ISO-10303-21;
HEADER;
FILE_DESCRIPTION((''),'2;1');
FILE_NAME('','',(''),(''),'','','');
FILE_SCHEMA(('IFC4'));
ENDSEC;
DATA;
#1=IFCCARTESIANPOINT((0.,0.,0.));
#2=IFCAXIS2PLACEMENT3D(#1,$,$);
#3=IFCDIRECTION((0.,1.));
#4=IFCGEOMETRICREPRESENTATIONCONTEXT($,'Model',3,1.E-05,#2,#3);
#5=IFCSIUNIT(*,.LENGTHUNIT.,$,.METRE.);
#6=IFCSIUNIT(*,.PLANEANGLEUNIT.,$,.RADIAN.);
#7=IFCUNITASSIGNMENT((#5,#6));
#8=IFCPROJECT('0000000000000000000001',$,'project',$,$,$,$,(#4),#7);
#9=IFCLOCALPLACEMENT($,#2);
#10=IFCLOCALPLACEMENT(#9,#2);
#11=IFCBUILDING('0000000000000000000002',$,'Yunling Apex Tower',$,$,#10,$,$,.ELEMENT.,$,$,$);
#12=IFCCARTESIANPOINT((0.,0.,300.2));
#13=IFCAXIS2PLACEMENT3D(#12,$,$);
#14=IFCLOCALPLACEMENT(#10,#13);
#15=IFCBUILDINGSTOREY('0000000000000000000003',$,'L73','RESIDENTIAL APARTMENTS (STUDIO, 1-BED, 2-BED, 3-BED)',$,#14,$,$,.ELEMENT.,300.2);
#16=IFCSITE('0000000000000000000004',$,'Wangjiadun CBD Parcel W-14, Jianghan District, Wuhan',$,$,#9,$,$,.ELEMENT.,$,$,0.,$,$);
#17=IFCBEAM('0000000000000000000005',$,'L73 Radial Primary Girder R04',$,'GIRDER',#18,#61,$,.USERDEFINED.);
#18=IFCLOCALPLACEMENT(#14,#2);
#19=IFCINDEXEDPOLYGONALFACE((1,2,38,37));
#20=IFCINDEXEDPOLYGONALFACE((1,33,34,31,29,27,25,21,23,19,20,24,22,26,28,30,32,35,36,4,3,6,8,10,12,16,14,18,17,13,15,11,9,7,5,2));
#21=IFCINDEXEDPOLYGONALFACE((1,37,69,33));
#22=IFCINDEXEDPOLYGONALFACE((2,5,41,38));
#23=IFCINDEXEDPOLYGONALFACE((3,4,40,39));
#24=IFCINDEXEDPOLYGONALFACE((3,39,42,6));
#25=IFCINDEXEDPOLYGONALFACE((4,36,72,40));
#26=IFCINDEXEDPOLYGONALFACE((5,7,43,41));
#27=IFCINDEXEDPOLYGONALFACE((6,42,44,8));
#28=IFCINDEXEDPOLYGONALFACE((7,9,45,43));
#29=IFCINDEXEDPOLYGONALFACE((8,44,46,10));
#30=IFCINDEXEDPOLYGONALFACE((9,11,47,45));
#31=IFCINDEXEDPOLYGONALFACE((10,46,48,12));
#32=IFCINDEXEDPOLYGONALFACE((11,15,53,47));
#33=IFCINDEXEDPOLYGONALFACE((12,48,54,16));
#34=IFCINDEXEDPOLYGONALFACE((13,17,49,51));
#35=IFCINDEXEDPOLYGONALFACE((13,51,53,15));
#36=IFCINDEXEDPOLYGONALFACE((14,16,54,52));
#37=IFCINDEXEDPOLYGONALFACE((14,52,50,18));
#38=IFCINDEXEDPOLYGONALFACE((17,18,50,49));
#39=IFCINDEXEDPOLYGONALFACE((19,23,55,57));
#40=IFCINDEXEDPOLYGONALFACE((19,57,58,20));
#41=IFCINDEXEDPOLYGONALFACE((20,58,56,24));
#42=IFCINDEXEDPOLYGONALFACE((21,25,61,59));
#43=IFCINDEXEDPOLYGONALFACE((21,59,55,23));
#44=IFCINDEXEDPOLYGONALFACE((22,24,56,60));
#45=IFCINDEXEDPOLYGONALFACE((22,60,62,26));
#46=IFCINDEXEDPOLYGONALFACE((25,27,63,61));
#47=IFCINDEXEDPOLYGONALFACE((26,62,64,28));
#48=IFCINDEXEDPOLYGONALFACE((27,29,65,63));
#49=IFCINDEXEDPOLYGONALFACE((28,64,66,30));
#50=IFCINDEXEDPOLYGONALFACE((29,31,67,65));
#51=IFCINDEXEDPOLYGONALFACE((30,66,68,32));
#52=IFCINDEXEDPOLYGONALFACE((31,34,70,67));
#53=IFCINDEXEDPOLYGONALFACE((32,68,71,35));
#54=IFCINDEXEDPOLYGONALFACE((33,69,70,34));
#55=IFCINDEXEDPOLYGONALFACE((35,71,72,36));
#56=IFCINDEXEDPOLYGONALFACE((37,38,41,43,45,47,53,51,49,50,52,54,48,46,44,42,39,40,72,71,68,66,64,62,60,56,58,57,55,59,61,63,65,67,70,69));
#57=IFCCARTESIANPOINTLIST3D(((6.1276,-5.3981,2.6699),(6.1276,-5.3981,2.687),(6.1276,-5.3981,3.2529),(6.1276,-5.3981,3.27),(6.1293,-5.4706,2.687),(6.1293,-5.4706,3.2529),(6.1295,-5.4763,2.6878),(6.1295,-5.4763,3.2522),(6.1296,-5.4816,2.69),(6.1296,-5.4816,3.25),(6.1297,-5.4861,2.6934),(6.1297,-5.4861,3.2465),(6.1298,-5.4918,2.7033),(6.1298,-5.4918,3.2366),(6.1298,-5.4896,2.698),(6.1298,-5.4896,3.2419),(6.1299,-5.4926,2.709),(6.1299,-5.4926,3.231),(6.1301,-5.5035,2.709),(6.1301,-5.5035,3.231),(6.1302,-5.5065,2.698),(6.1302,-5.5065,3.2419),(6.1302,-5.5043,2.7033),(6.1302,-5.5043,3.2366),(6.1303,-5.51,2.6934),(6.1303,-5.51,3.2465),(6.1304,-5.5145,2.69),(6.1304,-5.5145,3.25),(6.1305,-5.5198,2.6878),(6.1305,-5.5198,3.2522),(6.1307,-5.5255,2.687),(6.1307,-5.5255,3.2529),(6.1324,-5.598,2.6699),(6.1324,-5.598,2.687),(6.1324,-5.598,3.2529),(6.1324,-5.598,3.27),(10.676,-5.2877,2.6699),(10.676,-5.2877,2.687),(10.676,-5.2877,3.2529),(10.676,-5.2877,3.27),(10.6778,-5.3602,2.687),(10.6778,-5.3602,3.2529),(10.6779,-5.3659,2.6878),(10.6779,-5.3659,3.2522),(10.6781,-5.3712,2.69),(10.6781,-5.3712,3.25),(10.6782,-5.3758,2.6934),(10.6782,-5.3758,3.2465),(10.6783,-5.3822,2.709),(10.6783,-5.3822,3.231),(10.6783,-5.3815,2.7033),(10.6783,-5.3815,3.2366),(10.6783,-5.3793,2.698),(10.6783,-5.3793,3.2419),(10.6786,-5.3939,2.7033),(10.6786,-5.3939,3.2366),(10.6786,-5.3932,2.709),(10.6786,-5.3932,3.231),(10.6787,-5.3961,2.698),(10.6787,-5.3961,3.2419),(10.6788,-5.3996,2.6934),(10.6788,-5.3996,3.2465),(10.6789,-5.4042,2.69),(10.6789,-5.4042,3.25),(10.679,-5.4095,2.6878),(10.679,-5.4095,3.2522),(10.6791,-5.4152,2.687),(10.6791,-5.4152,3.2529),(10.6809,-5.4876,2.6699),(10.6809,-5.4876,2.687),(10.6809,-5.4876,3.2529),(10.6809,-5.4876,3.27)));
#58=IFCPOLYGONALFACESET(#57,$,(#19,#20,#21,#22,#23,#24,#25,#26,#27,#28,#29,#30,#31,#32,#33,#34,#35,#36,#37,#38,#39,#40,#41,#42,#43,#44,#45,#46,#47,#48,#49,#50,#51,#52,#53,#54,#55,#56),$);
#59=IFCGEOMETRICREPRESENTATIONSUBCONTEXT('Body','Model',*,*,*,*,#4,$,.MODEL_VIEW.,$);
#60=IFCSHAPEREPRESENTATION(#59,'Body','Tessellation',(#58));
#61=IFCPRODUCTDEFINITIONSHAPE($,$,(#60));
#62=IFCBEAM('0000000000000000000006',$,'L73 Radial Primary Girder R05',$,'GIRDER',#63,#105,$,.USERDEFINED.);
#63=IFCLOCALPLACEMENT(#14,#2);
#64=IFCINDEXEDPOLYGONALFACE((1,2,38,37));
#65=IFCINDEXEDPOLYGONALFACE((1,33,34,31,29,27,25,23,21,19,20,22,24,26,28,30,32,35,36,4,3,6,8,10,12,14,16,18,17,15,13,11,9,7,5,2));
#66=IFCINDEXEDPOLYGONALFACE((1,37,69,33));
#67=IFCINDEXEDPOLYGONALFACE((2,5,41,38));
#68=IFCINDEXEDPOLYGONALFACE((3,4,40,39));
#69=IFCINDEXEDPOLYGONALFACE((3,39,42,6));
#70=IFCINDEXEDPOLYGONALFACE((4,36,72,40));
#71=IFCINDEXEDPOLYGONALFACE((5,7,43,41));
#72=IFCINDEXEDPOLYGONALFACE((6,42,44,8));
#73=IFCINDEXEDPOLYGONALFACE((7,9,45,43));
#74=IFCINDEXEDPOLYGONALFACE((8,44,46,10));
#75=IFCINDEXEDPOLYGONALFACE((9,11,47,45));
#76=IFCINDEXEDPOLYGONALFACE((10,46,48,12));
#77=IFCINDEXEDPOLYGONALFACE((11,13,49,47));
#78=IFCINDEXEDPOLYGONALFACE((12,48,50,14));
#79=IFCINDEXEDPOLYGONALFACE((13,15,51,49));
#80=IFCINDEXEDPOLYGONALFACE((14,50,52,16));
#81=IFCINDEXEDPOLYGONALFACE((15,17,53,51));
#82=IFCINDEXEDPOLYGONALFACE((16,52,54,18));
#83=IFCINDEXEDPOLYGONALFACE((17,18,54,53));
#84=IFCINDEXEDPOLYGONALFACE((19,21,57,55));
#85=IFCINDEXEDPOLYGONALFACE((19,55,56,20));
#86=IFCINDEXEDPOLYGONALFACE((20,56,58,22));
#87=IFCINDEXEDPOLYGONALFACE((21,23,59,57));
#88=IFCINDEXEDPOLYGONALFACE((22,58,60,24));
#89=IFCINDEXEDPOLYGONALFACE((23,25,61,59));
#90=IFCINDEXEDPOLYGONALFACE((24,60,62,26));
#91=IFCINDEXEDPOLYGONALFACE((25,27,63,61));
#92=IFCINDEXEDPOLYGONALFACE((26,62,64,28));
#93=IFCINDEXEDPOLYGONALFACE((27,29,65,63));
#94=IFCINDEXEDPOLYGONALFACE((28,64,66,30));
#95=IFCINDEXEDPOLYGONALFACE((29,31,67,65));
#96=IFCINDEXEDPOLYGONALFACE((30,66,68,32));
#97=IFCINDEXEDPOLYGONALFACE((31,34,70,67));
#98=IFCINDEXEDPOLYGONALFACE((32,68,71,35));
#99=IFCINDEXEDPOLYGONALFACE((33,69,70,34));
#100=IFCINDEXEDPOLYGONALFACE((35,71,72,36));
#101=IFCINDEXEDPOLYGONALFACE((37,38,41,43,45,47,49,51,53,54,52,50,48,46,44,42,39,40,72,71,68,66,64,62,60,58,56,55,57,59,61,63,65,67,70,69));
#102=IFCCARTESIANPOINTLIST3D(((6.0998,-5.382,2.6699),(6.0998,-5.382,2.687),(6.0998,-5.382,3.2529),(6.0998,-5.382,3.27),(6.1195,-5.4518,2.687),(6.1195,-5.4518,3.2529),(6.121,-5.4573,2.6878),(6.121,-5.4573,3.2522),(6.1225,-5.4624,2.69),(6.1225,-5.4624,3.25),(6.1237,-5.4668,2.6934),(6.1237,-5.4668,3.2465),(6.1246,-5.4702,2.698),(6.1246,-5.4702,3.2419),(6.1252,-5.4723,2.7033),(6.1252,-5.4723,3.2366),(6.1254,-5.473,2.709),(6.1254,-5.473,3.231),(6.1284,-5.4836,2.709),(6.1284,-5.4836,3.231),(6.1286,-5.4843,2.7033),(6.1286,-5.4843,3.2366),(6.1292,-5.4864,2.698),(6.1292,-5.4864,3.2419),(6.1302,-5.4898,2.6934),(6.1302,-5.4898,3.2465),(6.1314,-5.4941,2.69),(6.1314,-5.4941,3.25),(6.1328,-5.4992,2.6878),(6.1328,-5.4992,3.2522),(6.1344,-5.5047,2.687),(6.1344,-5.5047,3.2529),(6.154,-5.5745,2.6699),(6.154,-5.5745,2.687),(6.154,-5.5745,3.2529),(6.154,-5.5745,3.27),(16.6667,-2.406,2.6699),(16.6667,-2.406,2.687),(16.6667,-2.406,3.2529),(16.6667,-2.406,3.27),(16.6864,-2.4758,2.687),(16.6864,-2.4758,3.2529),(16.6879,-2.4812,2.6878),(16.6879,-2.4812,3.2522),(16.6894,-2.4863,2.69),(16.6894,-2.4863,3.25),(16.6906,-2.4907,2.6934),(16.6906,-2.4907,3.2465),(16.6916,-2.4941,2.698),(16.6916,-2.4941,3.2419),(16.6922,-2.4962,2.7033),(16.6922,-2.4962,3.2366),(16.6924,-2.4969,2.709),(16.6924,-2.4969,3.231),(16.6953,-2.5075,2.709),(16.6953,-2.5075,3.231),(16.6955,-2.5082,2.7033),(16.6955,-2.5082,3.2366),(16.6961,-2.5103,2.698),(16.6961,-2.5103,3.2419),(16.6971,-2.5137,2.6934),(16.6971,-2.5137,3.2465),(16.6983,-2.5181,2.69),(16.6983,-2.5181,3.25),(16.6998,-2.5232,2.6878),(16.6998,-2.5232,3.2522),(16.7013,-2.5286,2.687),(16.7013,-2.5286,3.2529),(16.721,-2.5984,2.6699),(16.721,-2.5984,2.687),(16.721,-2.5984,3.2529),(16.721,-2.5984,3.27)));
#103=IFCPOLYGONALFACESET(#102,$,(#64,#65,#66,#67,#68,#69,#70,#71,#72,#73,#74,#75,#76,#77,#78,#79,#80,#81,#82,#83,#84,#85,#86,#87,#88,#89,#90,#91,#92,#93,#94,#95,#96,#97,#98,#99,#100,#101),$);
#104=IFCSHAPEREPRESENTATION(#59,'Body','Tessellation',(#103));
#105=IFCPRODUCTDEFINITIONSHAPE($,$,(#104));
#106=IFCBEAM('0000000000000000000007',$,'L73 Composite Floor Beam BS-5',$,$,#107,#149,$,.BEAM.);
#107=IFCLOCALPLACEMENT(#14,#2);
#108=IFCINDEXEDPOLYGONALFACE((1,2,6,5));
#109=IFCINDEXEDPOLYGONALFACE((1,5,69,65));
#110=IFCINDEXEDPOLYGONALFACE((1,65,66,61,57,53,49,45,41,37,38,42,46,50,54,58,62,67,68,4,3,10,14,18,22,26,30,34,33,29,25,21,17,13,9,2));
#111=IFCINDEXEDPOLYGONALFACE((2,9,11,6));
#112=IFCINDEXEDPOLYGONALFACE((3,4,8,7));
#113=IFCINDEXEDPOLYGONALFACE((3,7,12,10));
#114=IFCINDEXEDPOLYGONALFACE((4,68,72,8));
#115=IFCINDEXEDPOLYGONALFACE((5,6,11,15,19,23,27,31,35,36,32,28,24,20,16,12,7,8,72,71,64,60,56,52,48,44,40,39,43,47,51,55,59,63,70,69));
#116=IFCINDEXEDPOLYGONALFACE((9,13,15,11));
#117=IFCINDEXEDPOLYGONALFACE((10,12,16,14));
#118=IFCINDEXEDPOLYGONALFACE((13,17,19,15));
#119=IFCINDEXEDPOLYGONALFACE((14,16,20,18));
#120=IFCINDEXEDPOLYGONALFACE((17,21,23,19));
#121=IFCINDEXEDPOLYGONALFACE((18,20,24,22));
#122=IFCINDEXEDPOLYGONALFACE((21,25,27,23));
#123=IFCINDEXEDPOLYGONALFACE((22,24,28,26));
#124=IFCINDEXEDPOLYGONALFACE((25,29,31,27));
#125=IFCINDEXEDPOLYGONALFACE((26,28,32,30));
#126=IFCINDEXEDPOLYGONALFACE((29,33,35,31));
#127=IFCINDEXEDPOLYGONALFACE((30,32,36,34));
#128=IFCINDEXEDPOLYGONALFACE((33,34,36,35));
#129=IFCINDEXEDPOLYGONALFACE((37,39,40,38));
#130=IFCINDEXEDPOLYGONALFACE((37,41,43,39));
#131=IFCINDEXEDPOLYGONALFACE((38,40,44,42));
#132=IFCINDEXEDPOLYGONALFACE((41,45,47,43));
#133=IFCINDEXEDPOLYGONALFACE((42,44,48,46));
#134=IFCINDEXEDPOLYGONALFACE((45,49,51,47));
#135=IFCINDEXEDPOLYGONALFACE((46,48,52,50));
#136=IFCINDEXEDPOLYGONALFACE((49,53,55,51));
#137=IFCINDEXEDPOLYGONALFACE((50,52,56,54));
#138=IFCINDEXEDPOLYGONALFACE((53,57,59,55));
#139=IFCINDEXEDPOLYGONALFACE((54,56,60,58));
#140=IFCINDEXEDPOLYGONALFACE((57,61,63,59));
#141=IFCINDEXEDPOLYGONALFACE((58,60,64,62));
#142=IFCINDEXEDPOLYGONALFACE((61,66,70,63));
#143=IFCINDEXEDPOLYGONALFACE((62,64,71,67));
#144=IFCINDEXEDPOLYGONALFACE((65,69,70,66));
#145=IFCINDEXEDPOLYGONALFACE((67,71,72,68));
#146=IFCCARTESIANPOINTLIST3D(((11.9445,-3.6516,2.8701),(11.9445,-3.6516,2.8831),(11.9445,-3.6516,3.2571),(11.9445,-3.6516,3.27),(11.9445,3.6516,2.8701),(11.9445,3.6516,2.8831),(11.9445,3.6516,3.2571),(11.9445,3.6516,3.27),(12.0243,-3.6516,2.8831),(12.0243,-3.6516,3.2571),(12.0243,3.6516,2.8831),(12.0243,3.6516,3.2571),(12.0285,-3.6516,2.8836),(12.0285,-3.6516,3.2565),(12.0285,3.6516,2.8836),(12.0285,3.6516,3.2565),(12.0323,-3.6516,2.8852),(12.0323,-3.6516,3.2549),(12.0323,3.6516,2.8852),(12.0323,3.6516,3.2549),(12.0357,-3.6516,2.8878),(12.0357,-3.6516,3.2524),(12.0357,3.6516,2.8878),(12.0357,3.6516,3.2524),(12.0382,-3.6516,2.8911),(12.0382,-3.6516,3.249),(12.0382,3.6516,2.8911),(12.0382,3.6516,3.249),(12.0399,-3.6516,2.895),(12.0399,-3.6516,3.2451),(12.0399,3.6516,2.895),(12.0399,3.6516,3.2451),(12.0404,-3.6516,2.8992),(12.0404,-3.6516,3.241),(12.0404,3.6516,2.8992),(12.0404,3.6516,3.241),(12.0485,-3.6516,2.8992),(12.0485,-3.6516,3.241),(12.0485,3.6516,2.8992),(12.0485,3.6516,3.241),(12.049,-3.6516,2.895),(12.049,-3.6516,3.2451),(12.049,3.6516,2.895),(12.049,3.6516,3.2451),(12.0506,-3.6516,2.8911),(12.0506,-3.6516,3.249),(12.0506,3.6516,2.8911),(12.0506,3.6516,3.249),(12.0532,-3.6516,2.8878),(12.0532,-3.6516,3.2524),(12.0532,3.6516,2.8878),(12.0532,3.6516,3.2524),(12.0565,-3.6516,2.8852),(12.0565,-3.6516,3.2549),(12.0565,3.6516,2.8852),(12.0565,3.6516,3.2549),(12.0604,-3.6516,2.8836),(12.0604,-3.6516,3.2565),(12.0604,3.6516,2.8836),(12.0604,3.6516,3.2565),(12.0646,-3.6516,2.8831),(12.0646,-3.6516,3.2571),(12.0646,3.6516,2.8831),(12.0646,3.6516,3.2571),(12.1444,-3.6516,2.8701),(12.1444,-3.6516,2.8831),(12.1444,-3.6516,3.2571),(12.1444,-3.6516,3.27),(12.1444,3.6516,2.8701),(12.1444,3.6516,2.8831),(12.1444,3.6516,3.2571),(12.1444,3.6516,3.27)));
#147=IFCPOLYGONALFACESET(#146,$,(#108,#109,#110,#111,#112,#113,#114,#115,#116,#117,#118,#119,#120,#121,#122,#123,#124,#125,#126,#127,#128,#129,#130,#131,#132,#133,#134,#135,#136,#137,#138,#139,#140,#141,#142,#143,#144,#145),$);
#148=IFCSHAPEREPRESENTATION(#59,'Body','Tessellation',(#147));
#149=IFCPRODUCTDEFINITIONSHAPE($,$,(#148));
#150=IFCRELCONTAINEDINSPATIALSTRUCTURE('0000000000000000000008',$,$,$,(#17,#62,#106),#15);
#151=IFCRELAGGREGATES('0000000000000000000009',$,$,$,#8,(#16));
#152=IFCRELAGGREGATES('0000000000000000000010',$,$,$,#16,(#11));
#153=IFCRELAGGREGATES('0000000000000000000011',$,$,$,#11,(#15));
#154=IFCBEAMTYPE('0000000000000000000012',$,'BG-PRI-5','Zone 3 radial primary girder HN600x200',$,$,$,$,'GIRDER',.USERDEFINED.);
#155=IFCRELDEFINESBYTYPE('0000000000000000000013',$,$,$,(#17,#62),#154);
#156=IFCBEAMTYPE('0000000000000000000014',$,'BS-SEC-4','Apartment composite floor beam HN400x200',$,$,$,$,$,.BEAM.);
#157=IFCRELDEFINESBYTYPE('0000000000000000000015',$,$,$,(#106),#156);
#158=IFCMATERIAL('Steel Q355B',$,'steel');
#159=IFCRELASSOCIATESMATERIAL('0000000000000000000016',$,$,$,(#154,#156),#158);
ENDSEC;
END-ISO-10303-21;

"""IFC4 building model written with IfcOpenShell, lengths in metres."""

from ifc_helpers import new_model, si_unit, direction, frame, origin, origin_2d, place, context, subcontext, project, spatial, i_section, extrude, source, transform, mapped, material, material_profile, profile_set, type_object, element, save


model = new_model("IFC4")

# Units and contexts
model_context = context("Model", 3, precision=1e-05, world=origin(), true_north=direction((0.0, 1.0)))
body_context = subcontext(model_context, "Body", "Model", "MODEL_VIEW")
ifc_project = project(units=[si_unit("LENGTHUNIT", "METRE"), si_unit("PLANEANGLEUNIT", "RADIAN")], contexts=[model_context])

# Site, building, storey
site_placement = place(None, origin())
site = spatial("IfcSite", under=ifc_project, at=site_placement, Name="Wangjiadun CBD Parcel W-14, Jianghan District, Wuhan", CompositionType="ELEMENT", RefElevation=0.0)
building_placement = place(site_placement, origin())
building = spatial("IfcBuilding", under=site, at=building_placement, Name="Yunling Apex Tower", CompositionType="ELEMENT")
storey_placement = place(building_placement, frame((0.0, 0.0, 300.2)))
storey = spatial("IfcBuildingStorey", under=building, at=storey_placement, Name="L73", Description="RESIDENTIAL APARTMENTS (STUDIO, 1-BED, 2-BED, 3-BED)", CompositionType="ELEMENT", Elevation=300.2)

# Shared definitions
ifc_material_1 = material(Name="Steel Q355B", Category="steel")

# Beams
ifc_material_profile_1 = material_profile(ifc_material_1, i_section(OverallWidth=0.2, OverallDepth=0.6001, WebThickness=0.011, FlangeThickness=0.0171, FilletRadius=0.022, at=origin_2d()))
ifc_profile_set_1 = profile_set([ifc_material_profile_1], Name="Steel Q355B")
beam_type_1 = type_object("IfcBeamType", Name="BG-PRI-5", Description="Zone 3 radial primary girder HN600x200", ElementType="GIRDER", PredefinedType="USERDEFINED", material=ifc_profile_set_1)
shared_shape_1 = source(origin(), body_context, "Body", "SweptSolid", [
    extrude(i_section(OverallWidth=0.2, OverallDepth=0.6001, WebThickness=0.011, FlangeThickness=0.0171, FilletRadius=0.022, at=origin_2d()), origin(), (0.0, 0.0, 1.0), 4.5498),
])
beam_1_placement = place(storey_placement, frame((10.6785, -5.3877, 2.97), z_axis=(-0.999706, -0.024254, 0.0), x_axis=(0.024254, -0.999706, 0.0)))
element("IfcBeam", 1, at=beam_1_placement, inside=storey, type_object=beam_type_1, Name="L73 Radial Primary Girder R04", ObjectType="GIRDER", PredefinedType="USERDEFINED", context=body_context, shape_type="MappedRepresentation", body=[
    mapped(shared_shape_1, transform((0.0, 0.0, 0.0), scale=1.0)),
])
shared_shape_2 = source(origin(), body_context, "Body", "SweptSolid", [
    extrude(i_section(OverallWidth=0.2, OverallDepth=0.6001, WebThickness=0.011, FlangeThickness=0.0171, FilletRadius=0.022, at=origin_2d()), origin(), (0.0, 0.0, 1.0), 10.978),
])
beam_2_placement = place(storey_placement, frame((16.6938, -2.5022, 2.97), z_axis=(-0.962553, -0.271095, 0.0), x_axis=(0.271095, -0.962553, 0.0)))
element("IfcBeam", 2, at=beam_2_placement, inside=storey, type_object=beam_type_1, Name="L73 Radial Primary Girder R05", ObjectType="GIRDER", PredefinedType="USERDEFINED", context=body_context, shape_type="MappedRepresentation", body=[
    mapped(shared_shape_2, transform((0.0, 0.0, 0.0), scale=1.0)),
])
ifc_material_profile_2 = material_profile(ifc_material_1, i_section(OverallWidth=0.2, OverallDepth=0.3999, WebThickness=0.0081, FlangeThickness=0.0129, FilletRadius=0.0161, at=origin_2d()))
ifc_profile_set_2 = profile_set([ifc_material_profile_2], Name="Steel Q355B")
beam_type_2 = type_object("IfcBeamType", Name="BS-SEC-4", Description="Apartment composite floor beam HN400x200", PredefinedType="BEAM", material=ifc_profile_set_2)
shared_shape_3 = source(origin(), body_context, "Body", "SweptSolid", [
    extrude(i_section(OverallWidth=0.2, OverallDepth=0.3999, WebThickness=0.0081, FlangeThickness=0.0129, FilletRadius=0.0161, at=origin_2d()), origin(), (0.0, 0.0, 1.0), 7.3032),
])
beam_3_placement = place(storey_placement, frame((12.0444, -3.6516, 3.0701), z_axis=(0.0, 1.0, 0.0), x_axis=(-1.0, 0.0, 0.0)))
element("IfcBeam", 3, at=beam_3_placement, inside=storey, type_object=beam_type_2, Name="L73 Composite Floor Beam BS-5", PredefinedType="BEAM", context=body_context, shape_type="MappedRepresentation", body=[
    mapped(shared_shape_3, transform((0.0, 0.0, 0.0), scale=1.0)),
])

save(model, "model.ifc")
